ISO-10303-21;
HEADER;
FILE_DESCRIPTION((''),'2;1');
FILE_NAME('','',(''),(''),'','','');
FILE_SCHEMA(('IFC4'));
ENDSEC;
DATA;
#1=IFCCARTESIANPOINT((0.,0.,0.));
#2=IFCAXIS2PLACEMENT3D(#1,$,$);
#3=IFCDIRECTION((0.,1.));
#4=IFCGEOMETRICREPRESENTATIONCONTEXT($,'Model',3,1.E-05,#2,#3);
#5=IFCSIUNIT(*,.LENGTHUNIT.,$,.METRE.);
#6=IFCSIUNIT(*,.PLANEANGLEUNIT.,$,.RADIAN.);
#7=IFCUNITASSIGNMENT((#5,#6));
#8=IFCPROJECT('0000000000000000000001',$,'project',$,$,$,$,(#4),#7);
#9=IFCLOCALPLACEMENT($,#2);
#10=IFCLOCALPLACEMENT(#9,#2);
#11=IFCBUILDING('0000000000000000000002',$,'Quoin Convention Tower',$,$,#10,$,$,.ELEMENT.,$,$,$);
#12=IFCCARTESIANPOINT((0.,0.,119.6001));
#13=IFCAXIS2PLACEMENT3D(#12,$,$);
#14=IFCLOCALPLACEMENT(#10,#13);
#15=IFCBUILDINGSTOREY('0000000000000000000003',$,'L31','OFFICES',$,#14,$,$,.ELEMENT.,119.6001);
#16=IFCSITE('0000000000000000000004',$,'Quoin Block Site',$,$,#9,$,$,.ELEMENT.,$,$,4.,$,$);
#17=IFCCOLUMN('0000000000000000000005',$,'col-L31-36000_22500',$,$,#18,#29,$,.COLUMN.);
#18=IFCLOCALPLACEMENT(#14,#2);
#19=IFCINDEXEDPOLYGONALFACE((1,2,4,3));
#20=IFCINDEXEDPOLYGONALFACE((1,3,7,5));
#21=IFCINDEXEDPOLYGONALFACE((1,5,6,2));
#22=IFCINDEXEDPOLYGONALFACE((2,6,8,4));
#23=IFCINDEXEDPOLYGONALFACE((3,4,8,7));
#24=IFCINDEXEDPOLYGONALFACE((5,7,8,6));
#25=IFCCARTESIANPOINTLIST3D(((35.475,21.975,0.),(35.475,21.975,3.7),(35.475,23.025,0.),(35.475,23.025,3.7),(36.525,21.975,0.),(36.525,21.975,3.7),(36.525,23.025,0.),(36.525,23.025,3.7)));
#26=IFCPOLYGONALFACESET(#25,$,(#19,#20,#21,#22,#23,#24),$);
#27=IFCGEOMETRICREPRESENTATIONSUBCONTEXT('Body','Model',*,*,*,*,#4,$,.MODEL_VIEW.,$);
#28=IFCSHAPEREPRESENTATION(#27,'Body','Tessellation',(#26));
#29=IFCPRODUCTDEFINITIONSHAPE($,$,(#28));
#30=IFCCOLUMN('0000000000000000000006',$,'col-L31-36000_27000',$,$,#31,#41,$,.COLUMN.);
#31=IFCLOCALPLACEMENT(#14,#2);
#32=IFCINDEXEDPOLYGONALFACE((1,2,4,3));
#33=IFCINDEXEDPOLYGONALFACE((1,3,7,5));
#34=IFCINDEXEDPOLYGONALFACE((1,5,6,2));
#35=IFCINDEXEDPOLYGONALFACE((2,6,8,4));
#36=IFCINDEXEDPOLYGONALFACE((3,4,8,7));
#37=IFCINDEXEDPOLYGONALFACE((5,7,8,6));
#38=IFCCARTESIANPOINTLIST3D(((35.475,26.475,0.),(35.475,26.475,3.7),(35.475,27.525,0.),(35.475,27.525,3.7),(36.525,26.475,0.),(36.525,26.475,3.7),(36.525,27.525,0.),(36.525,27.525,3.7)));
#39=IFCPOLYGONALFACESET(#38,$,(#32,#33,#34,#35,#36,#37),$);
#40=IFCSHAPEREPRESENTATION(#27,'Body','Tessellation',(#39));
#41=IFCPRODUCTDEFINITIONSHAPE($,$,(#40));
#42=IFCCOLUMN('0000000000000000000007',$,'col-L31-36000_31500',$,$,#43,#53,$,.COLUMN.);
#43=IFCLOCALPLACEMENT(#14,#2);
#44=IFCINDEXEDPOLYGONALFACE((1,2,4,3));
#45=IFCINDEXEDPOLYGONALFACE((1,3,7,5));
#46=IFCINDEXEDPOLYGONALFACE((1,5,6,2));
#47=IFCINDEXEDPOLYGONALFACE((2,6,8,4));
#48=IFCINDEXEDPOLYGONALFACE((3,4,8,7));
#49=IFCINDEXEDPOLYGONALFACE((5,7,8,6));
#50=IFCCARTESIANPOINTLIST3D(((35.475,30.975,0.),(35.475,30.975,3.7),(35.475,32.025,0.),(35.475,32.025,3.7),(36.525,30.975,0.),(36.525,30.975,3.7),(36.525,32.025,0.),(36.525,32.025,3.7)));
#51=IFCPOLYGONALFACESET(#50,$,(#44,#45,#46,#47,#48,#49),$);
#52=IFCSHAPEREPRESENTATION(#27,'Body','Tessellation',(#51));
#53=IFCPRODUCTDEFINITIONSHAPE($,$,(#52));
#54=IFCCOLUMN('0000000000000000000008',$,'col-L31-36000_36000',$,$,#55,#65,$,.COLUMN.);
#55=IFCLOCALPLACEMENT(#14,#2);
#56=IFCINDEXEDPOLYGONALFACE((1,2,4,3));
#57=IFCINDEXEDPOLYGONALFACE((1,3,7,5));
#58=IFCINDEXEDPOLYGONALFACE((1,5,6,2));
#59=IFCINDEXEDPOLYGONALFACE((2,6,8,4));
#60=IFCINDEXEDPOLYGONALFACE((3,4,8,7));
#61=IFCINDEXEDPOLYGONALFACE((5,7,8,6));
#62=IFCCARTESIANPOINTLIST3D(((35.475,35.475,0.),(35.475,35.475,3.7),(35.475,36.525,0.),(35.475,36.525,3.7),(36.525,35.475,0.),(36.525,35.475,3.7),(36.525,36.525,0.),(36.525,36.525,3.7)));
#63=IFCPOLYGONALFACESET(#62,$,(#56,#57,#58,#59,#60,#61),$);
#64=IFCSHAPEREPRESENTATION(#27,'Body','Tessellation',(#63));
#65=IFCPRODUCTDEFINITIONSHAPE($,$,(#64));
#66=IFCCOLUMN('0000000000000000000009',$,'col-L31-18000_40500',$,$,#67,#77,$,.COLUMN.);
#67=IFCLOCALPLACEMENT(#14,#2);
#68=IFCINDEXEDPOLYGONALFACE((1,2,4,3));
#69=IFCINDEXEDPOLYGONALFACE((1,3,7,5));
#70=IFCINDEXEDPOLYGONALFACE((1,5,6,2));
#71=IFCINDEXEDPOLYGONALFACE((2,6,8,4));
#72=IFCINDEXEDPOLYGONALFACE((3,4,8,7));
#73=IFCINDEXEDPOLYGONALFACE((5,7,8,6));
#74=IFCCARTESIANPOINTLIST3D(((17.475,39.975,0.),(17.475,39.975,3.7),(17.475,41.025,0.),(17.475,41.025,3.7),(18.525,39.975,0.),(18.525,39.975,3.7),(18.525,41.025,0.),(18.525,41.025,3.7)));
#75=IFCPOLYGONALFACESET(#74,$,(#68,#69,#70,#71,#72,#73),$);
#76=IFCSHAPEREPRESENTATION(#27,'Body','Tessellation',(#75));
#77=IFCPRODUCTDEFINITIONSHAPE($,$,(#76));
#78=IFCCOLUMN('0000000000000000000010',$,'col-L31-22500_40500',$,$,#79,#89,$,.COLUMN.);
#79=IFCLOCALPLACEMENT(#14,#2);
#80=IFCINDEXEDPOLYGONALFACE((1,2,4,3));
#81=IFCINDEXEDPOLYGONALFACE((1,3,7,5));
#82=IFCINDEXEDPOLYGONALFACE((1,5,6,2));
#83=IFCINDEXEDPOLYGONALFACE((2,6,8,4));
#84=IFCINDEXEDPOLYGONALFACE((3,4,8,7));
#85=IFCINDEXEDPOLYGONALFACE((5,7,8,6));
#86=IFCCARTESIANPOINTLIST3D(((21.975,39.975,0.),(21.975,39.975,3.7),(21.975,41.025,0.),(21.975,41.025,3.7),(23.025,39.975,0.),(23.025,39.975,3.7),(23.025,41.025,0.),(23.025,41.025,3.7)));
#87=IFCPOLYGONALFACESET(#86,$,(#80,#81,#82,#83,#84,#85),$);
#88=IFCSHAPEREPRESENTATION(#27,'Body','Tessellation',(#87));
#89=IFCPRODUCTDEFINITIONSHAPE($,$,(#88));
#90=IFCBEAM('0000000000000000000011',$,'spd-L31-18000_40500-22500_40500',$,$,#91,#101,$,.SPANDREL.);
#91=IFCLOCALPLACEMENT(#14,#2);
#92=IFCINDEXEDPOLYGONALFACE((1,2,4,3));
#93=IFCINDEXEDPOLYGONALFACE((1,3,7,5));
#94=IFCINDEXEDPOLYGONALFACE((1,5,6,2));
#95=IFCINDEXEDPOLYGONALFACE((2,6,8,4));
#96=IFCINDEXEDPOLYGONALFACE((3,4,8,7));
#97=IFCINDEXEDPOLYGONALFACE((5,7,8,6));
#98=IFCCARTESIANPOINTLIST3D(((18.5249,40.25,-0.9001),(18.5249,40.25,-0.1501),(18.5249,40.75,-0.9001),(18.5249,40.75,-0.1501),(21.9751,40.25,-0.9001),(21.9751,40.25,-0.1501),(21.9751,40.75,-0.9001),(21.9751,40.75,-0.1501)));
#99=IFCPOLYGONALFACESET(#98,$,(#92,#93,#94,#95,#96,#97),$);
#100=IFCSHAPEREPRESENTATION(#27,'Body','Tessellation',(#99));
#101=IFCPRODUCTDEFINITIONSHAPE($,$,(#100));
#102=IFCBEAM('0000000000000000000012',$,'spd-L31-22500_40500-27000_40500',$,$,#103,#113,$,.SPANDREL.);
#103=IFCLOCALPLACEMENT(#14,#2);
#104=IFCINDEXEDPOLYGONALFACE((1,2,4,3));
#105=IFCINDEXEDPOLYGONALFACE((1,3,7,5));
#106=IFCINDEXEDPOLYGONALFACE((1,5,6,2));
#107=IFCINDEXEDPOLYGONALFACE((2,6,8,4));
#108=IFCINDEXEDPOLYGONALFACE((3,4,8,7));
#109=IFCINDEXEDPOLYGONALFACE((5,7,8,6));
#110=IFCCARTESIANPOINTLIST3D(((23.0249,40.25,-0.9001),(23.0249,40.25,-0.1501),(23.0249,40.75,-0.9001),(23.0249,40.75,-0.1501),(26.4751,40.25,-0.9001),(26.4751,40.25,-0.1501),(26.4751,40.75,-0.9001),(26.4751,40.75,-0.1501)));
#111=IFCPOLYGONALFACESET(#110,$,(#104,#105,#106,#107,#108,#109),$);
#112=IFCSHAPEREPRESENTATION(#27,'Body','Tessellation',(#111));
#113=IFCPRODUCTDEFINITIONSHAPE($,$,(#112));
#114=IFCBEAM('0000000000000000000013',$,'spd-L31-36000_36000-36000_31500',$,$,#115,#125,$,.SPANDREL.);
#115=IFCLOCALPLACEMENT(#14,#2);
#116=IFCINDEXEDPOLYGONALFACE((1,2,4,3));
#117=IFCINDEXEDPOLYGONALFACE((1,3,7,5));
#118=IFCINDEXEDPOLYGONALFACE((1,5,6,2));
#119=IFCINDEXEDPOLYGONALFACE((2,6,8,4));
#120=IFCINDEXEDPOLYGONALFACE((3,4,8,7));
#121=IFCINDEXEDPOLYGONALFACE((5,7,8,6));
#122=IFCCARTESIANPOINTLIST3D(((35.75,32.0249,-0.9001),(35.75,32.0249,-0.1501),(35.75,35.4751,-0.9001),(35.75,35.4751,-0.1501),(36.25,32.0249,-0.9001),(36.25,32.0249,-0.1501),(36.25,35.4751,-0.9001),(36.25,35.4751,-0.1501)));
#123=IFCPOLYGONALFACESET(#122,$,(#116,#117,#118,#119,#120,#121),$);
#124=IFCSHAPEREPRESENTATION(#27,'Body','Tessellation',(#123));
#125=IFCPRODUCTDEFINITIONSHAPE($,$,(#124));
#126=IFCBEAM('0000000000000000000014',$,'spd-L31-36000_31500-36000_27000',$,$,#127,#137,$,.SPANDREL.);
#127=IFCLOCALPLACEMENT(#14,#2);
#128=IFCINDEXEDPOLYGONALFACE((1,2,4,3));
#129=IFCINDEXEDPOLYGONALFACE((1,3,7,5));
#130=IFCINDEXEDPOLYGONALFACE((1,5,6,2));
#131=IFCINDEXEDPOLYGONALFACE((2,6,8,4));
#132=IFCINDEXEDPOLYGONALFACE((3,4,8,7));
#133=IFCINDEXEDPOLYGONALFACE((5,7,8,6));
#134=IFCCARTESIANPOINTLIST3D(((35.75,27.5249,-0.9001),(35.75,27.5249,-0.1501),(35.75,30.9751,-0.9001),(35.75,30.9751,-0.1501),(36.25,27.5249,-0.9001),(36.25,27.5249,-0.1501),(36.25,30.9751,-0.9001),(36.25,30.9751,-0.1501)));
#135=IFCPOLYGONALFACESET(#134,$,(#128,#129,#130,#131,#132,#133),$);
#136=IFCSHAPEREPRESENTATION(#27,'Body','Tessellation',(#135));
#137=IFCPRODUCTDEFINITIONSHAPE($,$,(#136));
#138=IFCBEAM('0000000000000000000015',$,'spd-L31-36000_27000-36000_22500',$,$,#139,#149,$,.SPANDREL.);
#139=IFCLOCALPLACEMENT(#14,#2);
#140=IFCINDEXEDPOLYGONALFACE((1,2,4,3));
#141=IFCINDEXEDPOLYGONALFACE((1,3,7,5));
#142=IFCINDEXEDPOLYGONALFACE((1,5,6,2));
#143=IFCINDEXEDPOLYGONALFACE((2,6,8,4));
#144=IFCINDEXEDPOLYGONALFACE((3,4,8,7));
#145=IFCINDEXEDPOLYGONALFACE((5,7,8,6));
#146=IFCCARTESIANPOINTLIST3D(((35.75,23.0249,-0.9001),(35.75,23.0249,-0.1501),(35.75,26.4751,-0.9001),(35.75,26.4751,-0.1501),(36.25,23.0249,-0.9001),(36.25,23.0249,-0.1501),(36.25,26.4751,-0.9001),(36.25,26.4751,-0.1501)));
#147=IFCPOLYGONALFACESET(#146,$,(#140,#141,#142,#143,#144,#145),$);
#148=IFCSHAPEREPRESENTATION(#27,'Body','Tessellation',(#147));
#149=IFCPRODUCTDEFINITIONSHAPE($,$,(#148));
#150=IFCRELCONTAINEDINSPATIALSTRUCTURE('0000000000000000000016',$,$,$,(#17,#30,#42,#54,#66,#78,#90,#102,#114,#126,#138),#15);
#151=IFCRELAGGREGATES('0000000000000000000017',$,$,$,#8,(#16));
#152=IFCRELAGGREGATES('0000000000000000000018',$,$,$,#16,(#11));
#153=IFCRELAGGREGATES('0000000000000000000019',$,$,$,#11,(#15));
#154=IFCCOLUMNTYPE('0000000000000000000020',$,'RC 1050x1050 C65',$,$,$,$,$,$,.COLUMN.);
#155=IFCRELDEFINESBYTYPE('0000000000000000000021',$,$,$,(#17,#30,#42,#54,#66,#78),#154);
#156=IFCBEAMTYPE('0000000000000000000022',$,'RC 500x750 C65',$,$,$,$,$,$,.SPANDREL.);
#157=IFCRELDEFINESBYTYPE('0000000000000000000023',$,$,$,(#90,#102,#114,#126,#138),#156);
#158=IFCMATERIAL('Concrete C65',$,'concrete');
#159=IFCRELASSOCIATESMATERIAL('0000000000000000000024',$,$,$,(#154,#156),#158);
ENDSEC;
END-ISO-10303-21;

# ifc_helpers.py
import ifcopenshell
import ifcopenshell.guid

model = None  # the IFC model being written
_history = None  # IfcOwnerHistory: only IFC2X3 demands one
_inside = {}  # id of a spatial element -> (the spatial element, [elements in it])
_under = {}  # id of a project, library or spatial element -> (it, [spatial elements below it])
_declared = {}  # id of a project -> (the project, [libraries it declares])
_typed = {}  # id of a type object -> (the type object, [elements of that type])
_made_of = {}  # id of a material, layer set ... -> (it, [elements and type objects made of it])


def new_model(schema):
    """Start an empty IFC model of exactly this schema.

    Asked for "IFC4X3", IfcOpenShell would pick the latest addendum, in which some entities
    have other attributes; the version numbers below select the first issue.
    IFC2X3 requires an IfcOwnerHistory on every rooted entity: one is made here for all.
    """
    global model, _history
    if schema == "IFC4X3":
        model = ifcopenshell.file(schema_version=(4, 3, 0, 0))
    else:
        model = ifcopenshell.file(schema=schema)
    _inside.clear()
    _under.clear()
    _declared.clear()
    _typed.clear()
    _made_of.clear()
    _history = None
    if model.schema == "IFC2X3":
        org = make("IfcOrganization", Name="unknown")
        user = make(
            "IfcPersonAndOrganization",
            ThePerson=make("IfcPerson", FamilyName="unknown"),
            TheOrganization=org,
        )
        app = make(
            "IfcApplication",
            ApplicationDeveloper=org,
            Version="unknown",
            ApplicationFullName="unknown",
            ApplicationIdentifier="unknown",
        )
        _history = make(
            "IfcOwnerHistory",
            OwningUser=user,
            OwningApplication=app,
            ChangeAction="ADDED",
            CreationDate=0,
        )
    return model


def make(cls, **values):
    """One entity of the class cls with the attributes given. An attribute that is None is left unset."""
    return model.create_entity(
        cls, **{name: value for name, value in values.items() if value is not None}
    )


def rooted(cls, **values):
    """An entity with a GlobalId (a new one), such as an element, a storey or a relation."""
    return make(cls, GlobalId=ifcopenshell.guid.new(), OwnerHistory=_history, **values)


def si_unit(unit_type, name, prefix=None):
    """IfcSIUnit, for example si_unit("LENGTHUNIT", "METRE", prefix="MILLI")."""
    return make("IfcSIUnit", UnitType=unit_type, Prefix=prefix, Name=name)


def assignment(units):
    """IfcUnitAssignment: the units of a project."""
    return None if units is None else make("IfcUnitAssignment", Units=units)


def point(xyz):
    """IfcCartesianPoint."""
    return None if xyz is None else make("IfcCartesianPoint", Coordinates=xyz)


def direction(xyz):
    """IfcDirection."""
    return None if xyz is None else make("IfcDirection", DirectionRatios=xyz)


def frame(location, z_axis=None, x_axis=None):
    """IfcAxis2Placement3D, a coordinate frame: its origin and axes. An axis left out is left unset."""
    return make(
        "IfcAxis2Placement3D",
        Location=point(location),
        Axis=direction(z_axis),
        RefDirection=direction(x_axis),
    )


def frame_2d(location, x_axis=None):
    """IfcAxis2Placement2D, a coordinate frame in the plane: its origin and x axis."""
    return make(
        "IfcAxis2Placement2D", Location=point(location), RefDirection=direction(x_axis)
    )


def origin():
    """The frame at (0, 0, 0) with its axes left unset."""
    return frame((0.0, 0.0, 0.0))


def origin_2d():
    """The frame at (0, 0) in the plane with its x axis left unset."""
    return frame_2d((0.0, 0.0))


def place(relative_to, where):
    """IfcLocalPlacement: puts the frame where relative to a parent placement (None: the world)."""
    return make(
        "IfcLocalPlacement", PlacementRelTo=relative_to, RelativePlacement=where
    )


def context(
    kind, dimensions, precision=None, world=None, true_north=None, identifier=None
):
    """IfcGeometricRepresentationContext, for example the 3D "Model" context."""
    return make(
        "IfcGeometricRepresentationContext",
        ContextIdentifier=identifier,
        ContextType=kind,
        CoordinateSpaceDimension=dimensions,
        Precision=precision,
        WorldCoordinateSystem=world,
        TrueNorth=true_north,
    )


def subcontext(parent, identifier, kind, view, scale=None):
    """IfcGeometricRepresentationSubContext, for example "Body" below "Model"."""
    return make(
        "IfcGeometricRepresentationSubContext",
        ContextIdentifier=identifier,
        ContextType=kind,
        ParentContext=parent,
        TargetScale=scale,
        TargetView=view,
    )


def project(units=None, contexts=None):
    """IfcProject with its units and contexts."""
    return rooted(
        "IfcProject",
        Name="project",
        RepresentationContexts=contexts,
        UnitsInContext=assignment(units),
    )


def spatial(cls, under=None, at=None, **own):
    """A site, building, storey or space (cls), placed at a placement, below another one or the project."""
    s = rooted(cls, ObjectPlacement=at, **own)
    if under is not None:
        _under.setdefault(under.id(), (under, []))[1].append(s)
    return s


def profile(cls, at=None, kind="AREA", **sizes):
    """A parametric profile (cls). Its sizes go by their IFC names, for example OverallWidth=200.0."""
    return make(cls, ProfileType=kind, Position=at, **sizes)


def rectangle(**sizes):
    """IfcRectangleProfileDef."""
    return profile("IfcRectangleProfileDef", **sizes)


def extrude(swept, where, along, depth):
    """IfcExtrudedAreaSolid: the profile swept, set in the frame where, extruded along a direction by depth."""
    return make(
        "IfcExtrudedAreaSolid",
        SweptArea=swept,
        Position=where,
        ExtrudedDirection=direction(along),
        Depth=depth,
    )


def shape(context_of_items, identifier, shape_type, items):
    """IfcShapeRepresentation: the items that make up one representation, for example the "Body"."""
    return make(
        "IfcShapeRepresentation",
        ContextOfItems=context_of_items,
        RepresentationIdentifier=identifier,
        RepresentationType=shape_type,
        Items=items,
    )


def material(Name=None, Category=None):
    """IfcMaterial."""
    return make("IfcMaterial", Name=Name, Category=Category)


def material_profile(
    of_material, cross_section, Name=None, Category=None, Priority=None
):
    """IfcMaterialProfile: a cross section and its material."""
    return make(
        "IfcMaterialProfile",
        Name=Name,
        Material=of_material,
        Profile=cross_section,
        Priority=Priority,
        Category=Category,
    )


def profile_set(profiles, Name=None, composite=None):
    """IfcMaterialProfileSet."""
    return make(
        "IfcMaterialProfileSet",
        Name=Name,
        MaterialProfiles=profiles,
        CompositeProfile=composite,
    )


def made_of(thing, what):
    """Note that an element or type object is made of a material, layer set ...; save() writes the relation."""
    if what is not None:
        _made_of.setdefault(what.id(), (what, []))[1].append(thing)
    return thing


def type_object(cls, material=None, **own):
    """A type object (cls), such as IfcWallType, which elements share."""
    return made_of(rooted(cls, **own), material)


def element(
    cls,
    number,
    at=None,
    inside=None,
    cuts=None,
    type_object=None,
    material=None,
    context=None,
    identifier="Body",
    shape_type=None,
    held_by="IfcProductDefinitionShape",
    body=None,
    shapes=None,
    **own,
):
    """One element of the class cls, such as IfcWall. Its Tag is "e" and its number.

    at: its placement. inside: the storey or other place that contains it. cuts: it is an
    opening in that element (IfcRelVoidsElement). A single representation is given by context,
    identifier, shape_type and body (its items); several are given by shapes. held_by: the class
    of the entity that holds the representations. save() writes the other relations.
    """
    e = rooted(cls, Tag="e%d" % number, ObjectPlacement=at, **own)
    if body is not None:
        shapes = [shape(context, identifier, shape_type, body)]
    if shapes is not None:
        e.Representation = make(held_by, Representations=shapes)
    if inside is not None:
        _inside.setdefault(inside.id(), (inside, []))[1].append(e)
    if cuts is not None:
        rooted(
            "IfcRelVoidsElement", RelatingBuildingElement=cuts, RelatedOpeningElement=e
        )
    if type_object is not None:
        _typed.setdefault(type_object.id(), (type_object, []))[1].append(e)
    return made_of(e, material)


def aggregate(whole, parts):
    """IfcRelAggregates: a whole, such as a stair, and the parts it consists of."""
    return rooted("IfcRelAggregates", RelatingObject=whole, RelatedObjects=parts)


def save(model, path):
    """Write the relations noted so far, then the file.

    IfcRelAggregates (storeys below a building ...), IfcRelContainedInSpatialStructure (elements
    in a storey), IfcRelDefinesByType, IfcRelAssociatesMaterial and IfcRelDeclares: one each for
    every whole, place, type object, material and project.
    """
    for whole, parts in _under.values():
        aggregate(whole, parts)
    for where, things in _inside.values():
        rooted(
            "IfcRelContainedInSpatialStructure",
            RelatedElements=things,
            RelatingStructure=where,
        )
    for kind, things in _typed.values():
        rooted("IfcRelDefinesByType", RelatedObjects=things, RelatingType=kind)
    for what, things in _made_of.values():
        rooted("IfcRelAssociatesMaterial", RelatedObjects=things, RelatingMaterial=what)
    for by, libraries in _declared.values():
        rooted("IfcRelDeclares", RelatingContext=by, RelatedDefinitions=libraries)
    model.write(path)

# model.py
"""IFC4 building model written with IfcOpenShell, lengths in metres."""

from ifc_helpers import new_model, si_unit, direction, frame, origin, origin_2d, place, context, subcontext, project, spatial, rectangle, extrude, material, material_profile, profile_set, type_object, element, save


model = new_model("IFC4")

# Units and contexts
model_context = context("Model", 3, precision=1e-05, world=origin(), true_north=direction((0.0, 1.0)))
body_context = subcontext(model_context, "Body", "Model", "MODEL_VIEW")
ifc_project = project(units=[si_unit("LENGTHUNIT", "METRE"), si_unit("PLANEANGLEUNIT", "RADIAN")], contexts=[model_context])

# Site, building, storey
site_placement = place(None, origin())
site = spatial("IfcSite", under=ifc_project, at=site_placement, Name="Quoin Block Site", CompositionType="ELEMENT", RefElevation=4.0)
building_placement = place(site_placement, origin())
building = spatial("IfcBuilding", under=site, at=building_placement, Name="Quoin Convention Tower", CompositionType="ELEMENT")
storey_placement = place(building_placement, frame((0.0, 0.0, 119.6001)))
storey = spatial("IfcBuildingStorey", under=building, at=storey_placement, Name="L31", Description="OFFICES", CompositionType="ELEMENT", Elevation=119.6001)

# Columns
ifc_material_1 = material(Name="Concrete C65", Category="concrete")
ifc_material_profile_1 = material_profile(ifc_material_1, rectangle(XDim=1.05, YDim=1.05, at=origin_2d()), Name="RC 1050x1050")
ifc_profile_set_1 = profile_set([ifc_material_profile_1], Name="Concrete C65")
column_type = type_object("IfcColumnType", Name="RC 1050x1050 C65", PredefinedType="COLUMN", material=ifc_profile_set_1)
for number, where, z_axis, x_axis, name in (
    (1, (36.0, 22.5, 0.0), (0.0, 0.0, 1.0), (1.0, 0.0, 0.0), "col-L31-36000_22500"),
    (2, (36.0, 27.0, 0.0), (0.0, 0.0, 1.0), (1.0, 0.0, 0.0), "col-L31-36000_27000"),
    (3, (36.0, 31.5, 0.0), (0.0, 0.0, 1.0), (1.0, 0.0, 0.0), "col-L31-36000_31500"),
    (4, (36.0, 36.0, 0.0), (0.0, 0.0, 1.0), (1.0, 0.0, 0.0), "col-L31-36000_36000"),
    (5, (18.0, 40.5, 0.0), (0.0, 0.0, 1.0), (1.0, 0.0, 0.0), "col-L31-18000_40500"),
    (6, (22.5, 40.5, 0.0), (0.0, 0.0, 1.0), (1.0, 0.0, 0.0), "col-L31-22500_40500"),
):
    element("IfcColumn", number, at=place(storey_placement, frame(where, z_axis=z_axis, x_axis=x_axis)), inside=storey, type_object=column_type, Name=name, PredefinedType="COLUMN", context=body_context, shape_type="SweptSolid", body=[
        extrude(rectangle(XDim=1.05, YDim=1.05, at=origin_2d()), origin(), (0.0, 0.0, 1.0), 3.7),
    ])

# Beams
ifc_material_profile_2 = material_profile(ifc_material_1, rectangle(XDim=0.5, YDim=0.75, at=origin_2d()), Name="RC 500x750")
ifc_profile_set_2 = profile_set([ifc_material_profile_2], Name="Concrete C65")
beam_type = type_object("IfcBeamType", Name="RC 500x750 C65", PredefinedType="SPANDREL", material=ifc_profile_set_2)
for number, where, z_axis, x_axis, name in (
    (7, (18.5249, 40.5, -0.5251), (1.0, 0.0, 0.0), (0.0, 1.0, 0.0), "spd-L31-18000_40500-22500_40500"),
    (8, (23.0249, 40.5, -0.5251), (1.0, 0.0, 0.0), (0.0, 1.0, 0.0), "spd-L31-22500_40500-27000_40500"),
    (9, (36.0, 35.4751, -0.5251), (0.0, -1.0, 0.0), (1.0, 0.0, 0.0), "spd-L31-36000_36000-36000_31500"),
    (10, (36.0, 30.9751, -0.5251), (0.0, -1.0, 0.0), (1.0, 0.0, 0.0), "spd-L31-36000_31500-36000_27000"),
    (11, (36.0, 26.4751, -0.5251), (0.0, -1.0, 0.0), (1.0, 0.0, 0.0), "spd-L31-36000_27000-36000_22500"),
):
    element("IfcBeam", number, at=place(storey_placement, frame(where, z_axis=z_axis, x_axis=x_axis)), inside=storey, type_object=beam_type, Name=name, PredefinedType="SPANDREL", context=body_context, shape_type="SweptSolid", body=[
        extrude(rectangle(XDim=0.5, YDim=0.75, at=origin_2d()), origin(), (0.0, 0.0, 1.0), 3.4502),
    ])

save(model, "model.ifc")
